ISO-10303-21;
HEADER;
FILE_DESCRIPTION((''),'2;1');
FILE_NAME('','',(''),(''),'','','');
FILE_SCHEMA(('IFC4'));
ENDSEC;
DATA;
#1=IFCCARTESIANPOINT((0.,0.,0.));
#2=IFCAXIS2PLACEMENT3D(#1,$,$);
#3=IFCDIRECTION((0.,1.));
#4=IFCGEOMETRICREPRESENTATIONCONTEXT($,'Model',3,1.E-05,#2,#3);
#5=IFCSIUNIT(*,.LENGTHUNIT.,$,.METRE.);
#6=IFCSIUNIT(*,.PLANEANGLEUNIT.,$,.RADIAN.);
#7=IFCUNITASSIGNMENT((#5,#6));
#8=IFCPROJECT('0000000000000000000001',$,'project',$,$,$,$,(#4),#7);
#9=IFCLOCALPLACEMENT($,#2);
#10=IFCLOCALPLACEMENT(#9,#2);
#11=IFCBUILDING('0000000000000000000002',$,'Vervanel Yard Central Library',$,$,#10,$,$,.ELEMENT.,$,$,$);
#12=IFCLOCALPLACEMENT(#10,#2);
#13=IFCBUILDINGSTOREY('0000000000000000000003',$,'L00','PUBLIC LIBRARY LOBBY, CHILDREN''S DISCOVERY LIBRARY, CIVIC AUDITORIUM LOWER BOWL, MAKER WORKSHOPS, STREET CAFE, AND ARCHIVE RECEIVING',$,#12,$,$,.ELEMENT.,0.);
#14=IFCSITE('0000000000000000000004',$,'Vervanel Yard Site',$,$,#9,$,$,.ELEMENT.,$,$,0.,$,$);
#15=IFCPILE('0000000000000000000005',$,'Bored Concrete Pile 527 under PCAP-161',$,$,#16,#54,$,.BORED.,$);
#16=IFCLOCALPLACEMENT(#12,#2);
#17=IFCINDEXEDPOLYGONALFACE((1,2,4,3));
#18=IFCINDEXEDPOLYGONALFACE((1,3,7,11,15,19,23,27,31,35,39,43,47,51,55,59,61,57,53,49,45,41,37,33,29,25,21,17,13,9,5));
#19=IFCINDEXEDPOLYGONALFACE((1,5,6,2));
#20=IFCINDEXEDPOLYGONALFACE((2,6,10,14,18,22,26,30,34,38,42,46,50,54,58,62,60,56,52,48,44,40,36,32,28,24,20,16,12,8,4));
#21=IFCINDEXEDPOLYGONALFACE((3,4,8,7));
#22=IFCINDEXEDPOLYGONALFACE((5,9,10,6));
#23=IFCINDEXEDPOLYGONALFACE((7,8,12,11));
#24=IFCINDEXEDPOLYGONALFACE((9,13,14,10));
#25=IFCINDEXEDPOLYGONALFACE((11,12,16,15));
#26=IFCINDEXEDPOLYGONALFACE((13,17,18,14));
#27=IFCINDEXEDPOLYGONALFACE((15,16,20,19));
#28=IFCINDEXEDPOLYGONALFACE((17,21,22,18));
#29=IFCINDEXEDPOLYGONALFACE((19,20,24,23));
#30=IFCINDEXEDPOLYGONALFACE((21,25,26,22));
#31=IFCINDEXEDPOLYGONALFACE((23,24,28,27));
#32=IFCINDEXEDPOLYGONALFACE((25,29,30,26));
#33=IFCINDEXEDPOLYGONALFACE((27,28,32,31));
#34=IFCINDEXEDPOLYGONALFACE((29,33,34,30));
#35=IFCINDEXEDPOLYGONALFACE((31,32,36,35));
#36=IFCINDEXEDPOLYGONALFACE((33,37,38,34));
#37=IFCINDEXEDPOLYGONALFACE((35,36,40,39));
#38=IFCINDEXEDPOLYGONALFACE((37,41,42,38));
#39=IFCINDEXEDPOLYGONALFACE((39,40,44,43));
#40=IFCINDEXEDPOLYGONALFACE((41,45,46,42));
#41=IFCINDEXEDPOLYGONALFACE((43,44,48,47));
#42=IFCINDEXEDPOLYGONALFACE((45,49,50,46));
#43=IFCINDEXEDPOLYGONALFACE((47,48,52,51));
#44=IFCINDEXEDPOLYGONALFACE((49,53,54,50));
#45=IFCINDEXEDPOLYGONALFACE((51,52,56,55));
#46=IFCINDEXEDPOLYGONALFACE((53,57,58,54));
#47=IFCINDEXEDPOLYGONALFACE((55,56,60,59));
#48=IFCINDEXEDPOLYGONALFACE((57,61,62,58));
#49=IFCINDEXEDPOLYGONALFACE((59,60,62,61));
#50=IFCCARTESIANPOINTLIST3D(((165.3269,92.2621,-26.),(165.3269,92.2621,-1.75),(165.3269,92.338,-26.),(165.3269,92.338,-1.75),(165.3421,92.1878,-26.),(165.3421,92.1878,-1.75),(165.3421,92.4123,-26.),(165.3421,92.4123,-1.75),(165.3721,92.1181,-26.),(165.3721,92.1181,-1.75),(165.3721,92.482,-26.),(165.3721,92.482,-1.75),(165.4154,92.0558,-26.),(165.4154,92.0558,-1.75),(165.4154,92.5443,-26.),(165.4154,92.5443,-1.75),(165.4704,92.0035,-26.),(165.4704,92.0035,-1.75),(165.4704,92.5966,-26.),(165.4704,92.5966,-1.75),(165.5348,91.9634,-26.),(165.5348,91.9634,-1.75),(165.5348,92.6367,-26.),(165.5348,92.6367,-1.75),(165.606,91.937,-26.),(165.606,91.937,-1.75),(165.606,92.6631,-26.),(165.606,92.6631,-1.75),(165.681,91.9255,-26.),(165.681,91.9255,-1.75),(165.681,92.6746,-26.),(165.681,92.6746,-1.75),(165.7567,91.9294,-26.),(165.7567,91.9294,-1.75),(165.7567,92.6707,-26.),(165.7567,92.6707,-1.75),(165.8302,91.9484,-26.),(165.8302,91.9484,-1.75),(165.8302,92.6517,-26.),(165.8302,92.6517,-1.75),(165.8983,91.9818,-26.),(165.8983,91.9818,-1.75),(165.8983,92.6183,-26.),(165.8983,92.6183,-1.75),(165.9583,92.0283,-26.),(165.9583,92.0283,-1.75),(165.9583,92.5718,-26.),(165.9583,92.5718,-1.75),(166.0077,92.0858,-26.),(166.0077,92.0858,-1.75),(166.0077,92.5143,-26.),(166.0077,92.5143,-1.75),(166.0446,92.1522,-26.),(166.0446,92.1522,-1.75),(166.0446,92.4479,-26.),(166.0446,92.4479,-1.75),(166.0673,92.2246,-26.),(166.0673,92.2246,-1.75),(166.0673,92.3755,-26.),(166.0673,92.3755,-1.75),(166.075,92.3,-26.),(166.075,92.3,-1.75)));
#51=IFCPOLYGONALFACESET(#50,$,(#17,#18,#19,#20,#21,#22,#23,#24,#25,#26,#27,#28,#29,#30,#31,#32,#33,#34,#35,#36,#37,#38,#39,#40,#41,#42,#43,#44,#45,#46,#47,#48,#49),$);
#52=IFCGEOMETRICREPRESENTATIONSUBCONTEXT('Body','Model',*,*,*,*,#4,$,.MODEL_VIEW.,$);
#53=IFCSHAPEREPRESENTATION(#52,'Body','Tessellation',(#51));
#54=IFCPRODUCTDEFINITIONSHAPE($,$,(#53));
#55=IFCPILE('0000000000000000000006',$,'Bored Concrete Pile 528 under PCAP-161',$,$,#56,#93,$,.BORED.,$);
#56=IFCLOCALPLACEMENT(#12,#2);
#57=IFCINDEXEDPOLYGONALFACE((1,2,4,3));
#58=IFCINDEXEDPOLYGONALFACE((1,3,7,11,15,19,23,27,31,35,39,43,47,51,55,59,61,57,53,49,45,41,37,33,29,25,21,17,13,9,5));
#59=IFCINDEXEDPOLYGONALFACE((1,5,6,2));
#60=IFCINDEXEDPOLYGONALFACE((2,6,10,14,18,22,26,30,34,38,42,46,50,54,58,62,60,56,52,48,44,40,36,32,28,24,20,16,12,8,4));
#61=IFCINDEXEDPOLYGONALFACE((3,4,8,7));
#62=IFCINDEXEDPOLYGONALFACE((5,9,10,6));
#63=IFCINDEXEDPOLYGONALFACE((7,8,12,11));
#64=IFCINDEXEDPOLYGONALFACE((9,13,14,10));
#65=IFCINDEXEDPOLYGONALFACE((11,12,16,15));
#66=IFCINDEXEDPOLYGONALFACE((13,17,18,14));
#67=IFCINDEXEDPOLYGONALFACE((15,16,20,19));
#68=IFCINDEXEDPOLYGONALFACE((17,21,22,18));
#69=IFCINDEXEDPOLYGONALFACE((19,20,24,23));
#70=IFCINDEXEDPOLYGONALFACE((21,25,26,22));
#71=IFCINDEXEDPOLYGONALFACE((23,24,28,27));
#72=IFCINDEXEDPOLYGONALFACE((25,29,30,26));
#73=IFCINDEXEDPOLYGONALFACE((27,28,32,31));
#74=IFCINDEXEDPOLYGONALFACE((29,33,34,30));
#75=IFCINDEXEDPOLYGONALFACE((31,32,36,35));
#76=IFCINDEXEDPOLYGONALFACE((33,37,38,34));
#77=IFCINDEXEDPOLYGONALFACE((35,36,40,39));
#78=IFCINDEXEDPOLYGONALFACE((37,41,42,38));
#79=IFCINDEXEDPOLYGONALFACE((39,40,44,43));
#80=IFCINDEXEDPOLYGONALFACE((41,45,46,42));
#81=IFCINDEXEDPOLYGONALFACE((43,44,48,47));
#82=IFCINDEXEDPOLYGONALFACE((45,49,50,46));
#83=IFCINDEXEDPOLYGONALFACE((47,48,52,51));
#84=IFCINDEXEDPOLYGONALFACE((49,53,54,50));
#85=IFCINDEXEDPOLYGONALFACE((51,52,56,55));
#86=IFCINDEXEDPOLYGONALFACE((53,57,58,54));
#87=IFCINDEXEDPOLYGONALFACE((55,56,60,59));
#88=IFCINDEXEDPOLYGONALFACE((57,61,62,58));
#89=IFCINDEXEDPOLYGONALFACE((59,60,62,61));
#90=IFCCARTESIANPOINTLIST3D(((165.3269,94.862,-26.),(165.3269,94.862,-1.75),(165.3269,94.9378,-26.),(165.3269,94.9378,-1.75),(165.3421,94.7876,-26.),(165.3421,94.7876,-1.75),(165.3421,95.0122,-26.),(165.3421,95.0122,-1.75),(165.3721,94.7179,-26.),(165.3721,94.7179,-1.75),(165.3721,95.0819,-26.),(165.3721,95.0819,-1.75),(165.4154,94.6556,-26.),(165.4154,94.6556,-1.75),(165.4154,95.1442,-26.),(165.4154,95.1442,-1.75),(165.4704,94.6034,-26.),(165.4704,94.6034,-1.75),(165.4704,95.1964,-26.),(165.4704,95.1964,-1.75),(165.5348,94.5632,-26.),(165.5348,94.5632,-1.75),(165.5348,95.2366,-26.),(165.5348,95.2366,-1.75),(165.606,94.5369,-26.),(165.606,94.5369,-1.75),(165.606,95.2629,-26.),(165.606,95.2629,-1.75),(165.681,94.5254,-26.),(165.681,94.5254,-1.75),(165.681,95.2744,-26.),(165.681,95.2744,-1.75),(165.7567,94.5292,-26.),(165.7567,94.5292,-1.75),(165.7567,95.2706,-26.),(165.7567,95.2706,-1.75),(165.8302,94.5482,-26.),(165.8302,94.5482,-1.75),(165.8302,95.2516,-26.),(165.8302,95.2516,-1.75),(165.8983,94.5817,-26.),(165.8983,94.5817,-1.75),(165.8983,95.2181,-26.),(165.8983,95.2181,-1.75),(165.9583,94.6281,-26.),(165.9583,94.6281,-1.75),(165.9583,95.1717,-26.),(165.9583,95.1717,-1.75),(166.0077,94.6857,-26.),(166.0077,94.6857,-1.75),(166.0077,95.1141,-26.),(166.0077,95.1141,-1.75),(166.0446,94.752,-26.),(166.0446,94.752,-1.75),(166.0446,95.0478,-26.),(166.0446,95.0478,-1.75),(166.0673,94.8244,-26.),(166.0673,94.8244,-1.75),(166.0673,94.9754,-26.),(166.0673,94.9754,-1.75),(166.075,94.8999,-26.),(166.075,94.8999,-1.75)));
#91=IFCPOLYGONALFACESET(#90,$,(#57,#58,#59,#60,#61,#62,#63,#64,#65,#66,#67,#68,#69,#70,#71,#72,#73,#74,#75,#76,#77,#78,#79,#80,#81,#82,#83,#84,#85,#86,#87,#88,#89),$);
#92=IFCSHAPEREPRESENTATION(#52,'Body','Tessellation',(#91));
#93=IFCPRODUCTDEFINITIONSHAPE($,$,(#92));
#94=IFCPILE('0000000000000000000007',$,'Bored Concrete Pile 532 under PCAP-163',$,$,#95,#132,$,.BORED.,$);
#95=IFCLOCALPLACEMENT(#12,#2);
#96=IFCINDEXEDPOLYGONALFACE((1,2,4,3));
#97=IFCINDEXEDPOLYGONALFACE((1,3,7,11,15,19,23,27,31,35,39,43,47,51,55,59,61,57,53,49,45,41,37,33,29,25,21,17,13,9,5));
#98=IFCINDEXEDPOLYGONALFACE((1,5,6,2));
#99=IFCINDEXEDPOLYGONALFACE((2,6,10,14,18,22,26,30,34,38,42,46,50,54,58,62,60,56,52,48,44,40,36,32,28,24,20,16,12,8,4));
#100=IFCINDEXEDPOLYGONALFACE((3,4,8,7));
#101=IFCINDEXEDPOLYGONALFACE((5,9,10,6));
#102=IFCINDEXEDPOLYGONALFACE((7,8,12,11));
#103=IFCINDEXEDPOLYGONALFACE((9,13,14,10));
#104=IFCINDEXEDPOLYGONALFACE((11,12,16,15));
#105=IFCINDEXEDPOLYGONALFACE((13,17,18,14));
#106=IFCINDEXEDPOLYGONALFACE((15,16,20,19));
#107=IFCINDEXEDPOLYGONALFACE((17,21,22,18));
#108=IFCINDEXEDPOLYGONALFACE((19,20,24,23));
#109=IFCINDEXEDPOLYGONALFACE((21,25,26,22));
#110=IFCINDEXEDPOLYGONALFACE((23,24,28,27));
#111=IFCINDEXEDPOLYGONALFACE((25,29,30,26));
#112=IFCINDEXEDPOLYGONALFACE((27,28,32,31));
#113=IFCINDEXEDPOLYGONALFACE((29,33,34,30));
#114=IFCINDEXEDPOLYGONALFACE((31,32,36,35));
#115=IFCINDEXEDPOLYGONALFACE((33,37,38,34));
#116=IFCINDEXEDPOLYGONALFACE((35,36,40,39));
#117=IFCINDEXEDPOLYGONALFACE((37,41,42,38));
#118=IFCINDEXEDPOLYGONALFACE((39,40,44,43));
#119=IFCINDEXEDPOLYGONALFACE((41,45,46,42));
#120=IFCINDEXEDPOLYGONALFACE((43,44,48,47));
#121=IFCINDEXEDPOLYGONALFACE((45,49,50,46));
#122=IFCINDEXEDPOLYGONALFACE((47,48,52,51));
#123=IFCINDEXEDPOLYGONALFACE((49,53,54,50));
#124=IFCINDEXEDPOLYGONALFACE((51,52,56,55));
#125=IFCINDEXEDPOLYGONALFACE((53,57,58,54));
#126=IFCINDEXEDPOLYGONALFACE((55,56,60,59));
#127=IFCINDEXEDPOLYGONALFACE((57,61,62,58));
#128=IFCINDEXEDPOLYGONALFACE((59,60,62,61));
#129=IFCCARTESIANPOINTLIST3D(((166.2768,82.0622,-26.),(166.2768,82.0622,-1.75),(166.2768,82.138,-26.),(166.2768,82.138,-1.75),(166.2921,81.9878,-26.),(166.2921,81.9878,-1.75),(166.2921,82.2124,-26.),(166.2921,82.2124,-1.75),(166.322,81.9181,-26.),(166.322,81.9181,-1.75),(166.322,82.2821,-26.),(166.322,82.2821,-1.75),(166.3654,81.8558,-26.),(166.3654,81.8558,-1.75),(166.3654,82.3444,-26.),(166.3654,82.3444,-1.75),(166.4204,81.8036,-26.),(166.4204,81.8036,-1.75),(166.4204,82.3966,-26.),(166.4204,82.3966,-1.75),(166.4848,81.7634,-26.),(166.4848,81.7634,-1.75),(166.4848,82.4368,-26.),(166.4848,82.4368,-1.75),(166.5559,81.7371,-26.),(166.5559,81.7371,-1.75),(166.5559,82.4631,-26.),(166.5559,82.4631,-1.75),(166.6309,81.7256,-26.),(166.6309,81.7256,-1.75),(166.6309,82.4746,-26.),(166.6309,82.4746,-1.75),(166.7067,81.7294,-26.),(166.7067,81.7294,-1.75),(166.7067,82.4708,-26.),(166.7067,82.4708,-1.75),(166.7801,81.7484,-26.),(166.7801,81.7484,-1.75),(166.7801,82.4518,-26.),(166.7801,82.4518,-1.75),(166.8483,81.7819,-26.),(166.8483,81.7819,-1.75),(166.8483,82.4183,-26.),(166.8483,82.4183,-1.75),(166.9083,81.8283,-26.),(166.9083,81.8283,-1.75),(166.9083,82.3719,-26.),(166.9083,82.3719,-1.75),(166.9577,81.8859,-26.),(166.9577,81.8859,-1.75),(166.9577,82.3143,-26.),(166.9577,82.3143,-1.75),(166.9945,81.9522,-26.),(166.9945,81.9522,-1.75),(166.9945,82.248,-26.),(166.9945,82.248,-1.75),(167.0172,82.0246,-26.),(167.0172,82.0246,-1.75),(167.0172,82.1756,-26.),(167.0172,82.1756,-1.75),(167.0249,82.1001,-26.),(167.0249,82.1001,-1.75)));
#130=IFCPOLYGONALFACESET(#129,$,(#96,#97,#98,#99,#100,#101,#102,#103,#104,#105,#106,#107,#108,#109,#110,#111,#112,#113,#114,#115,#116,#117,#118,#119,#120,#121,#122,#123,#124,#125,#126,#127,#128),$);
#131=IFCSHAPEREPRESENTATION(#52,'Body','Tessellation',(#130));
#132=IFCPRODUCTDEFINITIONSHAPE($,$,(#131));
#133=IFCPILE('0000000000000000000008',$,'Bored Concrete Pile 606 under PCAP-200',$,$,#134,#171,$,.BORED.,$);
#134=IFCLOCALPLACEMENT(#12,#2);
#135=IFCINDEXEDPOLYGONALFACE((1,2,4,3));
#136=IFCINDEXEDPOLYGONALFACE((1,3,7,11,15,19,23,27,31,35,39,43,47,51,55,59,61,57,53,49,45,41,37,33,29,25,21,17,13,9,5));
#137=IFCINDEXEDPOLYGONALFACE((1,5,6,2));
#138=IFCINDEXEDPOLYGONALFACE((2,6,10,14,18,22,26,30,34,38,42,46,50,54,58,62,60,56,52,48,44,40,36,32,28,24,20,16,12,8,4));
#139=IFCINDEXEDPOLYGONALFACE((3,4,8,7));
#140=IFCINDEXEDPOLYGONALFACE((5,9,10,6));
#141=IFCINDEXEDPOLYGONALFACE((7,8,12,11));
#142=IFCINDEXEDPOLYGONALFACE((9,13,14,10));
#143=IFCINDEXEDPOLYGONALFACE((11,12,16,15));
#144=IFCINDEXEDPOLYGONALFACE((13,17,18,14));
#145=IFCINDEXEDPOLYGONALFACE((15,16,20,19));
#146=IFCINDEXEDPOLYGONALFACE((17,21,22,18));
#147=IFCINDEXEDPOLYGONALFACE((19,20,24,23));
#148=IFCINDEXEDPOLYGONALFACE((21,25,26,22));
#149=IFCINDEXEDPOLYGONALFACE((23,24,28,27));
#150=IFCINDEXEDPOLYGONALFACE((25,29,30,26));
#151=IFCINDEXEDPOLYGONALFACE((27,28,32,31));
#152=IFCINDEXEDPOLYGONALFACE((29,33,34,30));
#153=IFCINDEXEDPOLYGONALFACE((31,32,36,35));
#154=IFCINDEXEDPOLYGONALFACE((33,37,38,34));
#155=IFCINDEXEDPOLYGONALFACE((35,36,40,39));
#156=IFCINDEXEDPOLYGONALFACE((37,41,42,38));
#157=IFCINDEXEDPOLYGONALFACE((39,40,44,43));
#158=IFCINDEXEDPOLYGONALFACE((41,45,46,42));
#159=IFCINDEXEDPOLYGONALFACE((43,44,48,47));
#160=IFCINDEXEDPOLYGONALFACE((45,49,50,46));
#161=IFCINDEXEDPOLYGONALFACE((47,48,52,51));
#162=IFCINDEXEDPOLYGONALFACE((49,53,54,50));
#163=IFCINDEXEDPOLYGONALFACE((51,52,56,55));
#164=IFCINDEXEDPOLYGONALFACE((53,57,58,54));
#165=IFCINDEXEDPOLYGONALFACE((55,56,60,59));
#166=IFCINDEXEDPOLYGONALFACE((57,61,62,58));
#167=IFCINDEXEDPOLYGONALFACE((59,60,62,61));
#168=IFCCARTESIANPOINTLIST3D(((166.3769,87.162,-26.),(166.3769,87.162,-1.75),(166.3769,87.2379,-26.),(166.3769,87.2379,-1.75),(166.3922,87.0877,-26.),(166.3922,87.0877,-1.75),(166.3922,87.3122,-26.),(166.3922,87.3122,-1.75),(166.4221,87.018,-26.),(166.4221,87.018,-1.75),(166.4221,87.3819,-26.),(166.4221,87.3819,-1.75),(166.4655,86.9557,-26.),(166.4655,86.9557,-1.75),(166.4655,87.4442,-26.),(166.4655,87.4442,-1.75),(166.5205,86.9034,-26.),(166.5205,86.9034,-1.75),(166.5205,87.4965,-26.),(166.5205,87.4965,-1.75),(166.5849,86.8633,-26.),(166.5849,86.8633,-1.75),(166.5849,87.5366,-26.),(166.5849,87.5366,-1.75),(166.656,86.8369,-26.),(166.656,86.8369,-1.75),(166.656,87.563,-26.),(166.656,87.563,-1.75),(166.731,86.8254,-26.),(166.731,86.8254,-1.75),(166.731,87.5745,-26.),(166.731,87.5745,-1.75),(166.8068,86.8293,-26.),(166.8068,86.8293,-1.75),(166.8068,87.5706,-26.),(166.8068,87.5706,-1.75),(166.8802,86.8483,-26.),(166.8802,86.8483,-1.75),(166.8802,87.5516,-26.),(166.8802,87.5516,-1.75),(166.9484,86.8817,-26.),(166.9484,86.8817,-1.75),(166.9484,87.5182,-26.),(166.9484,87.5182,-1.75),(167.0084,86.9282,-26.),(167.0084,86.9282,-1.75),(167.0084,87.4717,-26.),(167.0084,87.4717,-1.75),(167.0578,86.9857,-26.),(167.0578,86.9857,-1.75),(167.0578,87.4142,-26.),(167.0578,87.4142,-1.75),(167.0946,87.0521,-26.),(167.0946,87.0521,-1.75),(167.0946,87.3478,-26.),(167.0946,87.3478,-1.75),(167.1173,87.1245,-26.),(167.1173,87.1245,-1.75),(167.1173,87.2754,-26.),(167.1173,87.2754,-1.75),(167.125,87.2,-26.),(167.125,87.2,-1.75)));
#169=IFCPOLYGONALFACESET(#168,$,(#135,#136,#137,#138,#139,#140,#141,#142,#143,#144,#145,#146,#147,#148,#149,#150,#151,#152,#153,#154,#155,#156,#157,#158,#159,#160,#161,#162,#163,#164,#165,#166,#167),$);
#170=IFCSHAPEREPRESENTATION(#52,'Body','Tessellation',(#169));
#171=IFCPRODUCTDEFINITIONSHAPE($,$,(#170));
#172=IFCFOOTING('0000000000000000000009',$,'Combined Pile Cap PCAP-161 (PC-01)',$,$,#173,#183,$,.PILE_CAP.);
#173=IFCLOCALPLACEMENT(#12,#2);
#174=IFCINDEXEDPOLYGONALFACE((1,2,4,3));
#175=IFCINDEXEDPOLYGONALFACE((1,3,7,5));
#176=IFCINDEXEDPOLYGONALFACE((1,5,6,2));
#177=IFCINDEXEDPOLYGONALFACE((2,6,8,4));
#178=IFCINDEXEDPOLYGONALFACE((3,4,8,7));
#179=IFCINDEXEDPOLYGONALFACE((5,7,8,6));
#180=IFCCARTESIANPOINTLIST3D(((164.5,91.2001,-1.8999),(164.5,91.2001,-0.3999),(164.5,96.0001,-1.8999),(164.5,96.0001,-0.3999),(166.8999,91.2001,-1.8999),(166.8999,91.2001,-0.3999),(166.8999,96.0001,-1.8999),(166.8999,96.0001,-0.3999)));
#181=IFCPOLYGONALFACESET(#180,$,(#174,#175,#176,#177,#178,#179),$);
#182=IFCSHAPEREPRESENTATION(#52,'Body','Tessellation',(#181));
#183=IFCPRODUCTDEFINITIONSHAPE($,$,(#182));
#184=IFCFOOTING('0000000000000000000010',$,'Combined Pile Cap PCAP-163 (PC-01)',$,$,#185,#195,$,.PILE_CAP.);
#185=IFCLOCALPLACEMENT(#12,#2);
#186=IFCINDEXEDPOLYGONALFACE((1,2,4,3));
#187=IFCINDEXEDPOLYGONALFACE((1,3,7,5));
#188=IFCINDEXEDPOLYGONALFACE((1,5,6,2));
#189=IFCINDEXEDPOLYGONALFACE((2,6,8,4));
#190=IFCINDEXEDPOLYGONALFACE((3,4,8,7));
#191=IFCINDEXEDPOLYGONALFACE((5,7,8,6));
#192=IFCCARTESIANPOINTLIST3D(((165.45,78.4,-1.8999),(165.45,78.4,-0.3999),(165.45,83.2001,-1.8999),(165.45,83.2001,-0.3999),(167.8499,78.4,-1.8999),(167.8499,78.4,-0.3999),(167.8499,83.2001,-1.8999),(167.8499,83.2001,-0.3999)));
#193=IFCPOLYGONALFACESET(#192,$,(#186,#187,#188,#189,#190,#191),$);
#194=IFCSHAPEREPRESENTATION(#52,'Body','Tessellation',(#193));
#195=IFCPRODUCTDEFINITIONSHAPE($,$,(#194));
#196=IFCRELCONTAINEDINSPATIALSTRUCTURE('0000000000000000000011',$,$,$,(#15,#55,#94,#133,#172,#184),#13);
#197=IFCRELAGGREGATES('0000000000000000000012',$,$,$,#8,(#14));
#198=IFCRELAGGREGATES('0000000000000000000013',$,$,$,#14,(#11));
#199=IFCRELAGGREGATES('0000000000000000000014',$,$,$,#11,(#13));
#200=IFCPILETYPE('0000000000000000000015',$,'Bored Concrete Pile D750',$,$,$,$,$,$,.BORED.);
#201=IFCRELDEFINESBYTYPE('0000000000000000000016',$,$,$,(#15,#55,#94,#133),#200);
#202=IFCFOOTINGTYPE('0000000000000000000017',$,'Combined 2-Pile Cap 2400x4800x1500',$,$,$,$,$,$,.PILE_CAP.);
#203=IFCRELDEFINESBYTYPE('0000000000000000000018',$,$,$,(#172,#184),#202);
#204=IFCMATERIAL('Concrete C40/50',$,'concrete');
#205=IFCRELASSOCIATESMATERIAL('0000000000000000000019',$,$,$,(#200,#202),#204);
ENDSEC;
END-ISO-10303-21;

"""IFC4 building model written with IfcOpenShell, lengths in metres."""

from ifc_helpers import new_model, si_unit, direction, frame, origin, origin_2d, place, context, subcontext, project, spatial, rectangle, circle, extrude, material, material_profile, profile_set, type_object, element, save


model = new_model("IFC4")

# Units and contexts
model_context = context("Model", 3, precision=1e-05, world=origin(), true_north=direction((0.0, 1.0)))
body_context = subcontext(model_context, "Body", "Model", "MODEL_VIEW")
ifc_project = project(units=[si_unit("LENGTHUNIT", "METRE"), si_unit("PLANEANGLEUNIT", "RADIAN")], contexts=[model_context])

# Site, building, storey
site_placement = place(None, origin())
site = spatial("IfcSite", under=ifc_project, at=site_placement, Name="Vervanel Yard Site", CompositionType="ELEMENT", RefElevation=0.0)
building_placement = place(site_placement, origin())
building = spatial("IfcBuilding", under=site, at=building_placement, Name="Vervanel Yard Central Library", CompositionType="ELEMENT")
storey_placement = place(building_placement, origin())
storey = spatial("IfcBuildingStorey", under=building, at=storey_placement, Name="L00", Description="PUBLIC LIBRARY LOBBY, CHILDREN'S DISCOVERY LIBRARY, CIVIC AUDITORIUM LOWER BOWL, MAKER WORKSHOPS, STREET CAFE, AND ARCHIVE RECEIVING", CompositionType="ELEMENT", Elevation=0.0)

# Piles
ifc_material_1 = material(Name="Concrete C40/50", Category="concrete")
ifc_material_profile_1 = material_profile(ifc_material_1, circle(Radius=0.375, at=origin_2d()), Name="BP D750", Category="concrete")
ifc_profile_set_1 = profile_set([ifc_material_profile_1], Name="Concrete C40/50")
pile_type = type_object("IfcPileType", Name="Bored Concrete Pile D750", PredefinedType="BORED", material=ifc_profile_set_1)
for number, where, z_axis, x_axis, name in (
    (1, (165.7, 92.3, -1.75), (0.0, 0.0, -1.0), (1.0, 0.0, 0.0), "Bored Concrete Pile 527 under PCAP-161"),
    (2, (165.7, 94.8999, -1.75), (0.0, 0.0, -1.0), (1.0, 0.0, 0.0), "Bored Concrete Pile 528 under PCAP-161"),
    (3, (166.6499, 82.1001, -1.75), (0.0, 0.0, -1.0), (1.0, 0.0, 0.0), "Bored Concrete Pile 532 under PCAP-163"),
    (4, (166.75, 87.2, -1.75), (0.0, 0.0, -1.0), (1.0, 0.0, 0.0), "Bored Concrete Pile 606 under PCAP-200"),
):
    element("IfcPile", number, at=place(storey_placement, frame(where, z_axis=z_axis, x_axis=x_axis)), inside=storey, type_object=pile_type, Name=name, PredefinedType="BORED", context=body_context, shape_type="SweptSolid", body=[
        extrude(circle(Radius=0.375, at=origin_2d()), origin(), (0.0, 0.0, 1.0), 24.25),
    ])

# Footings
footing_type = type_object("IfcFootingType", Name="Combined 2-Pile Cap 2400x4800x1500", PredefinedType="PILE_CAP", material=ifc_material_1)
for number, where, z_axis, x_axis, name in (
    (5, (165.7, 93.6001, -1.8999), (0.0, 0.0, 1.0), (1.0, 0.0, 0.0), "Combined Pile Cap PCAP-161 (PC-01)"),
    (6, (166.6499, 80.8, -1.8999), (0.0, 0.0, 1.0), (1.0, 0.0, 0.0), "Combined Pile Cap PCAP-163 (PC-01)"),
):
    element("IfcFooting", number, at=place(storey_placement, frame(where, z_axis=z_axis, x_axis=x_axis)), inside=storey, type_object=footing_type, Name=name, PredefinedType="PILE_CAP", context=body_context, shape_type="SweptSolid", body=[
        extrude(rectangle(XDim=2.3999, YDim=4.8, at=origin_2d()), origin(), (0.0, 0.0, 1.0), 1.5),
    ])

save(model, "model.ifc")
